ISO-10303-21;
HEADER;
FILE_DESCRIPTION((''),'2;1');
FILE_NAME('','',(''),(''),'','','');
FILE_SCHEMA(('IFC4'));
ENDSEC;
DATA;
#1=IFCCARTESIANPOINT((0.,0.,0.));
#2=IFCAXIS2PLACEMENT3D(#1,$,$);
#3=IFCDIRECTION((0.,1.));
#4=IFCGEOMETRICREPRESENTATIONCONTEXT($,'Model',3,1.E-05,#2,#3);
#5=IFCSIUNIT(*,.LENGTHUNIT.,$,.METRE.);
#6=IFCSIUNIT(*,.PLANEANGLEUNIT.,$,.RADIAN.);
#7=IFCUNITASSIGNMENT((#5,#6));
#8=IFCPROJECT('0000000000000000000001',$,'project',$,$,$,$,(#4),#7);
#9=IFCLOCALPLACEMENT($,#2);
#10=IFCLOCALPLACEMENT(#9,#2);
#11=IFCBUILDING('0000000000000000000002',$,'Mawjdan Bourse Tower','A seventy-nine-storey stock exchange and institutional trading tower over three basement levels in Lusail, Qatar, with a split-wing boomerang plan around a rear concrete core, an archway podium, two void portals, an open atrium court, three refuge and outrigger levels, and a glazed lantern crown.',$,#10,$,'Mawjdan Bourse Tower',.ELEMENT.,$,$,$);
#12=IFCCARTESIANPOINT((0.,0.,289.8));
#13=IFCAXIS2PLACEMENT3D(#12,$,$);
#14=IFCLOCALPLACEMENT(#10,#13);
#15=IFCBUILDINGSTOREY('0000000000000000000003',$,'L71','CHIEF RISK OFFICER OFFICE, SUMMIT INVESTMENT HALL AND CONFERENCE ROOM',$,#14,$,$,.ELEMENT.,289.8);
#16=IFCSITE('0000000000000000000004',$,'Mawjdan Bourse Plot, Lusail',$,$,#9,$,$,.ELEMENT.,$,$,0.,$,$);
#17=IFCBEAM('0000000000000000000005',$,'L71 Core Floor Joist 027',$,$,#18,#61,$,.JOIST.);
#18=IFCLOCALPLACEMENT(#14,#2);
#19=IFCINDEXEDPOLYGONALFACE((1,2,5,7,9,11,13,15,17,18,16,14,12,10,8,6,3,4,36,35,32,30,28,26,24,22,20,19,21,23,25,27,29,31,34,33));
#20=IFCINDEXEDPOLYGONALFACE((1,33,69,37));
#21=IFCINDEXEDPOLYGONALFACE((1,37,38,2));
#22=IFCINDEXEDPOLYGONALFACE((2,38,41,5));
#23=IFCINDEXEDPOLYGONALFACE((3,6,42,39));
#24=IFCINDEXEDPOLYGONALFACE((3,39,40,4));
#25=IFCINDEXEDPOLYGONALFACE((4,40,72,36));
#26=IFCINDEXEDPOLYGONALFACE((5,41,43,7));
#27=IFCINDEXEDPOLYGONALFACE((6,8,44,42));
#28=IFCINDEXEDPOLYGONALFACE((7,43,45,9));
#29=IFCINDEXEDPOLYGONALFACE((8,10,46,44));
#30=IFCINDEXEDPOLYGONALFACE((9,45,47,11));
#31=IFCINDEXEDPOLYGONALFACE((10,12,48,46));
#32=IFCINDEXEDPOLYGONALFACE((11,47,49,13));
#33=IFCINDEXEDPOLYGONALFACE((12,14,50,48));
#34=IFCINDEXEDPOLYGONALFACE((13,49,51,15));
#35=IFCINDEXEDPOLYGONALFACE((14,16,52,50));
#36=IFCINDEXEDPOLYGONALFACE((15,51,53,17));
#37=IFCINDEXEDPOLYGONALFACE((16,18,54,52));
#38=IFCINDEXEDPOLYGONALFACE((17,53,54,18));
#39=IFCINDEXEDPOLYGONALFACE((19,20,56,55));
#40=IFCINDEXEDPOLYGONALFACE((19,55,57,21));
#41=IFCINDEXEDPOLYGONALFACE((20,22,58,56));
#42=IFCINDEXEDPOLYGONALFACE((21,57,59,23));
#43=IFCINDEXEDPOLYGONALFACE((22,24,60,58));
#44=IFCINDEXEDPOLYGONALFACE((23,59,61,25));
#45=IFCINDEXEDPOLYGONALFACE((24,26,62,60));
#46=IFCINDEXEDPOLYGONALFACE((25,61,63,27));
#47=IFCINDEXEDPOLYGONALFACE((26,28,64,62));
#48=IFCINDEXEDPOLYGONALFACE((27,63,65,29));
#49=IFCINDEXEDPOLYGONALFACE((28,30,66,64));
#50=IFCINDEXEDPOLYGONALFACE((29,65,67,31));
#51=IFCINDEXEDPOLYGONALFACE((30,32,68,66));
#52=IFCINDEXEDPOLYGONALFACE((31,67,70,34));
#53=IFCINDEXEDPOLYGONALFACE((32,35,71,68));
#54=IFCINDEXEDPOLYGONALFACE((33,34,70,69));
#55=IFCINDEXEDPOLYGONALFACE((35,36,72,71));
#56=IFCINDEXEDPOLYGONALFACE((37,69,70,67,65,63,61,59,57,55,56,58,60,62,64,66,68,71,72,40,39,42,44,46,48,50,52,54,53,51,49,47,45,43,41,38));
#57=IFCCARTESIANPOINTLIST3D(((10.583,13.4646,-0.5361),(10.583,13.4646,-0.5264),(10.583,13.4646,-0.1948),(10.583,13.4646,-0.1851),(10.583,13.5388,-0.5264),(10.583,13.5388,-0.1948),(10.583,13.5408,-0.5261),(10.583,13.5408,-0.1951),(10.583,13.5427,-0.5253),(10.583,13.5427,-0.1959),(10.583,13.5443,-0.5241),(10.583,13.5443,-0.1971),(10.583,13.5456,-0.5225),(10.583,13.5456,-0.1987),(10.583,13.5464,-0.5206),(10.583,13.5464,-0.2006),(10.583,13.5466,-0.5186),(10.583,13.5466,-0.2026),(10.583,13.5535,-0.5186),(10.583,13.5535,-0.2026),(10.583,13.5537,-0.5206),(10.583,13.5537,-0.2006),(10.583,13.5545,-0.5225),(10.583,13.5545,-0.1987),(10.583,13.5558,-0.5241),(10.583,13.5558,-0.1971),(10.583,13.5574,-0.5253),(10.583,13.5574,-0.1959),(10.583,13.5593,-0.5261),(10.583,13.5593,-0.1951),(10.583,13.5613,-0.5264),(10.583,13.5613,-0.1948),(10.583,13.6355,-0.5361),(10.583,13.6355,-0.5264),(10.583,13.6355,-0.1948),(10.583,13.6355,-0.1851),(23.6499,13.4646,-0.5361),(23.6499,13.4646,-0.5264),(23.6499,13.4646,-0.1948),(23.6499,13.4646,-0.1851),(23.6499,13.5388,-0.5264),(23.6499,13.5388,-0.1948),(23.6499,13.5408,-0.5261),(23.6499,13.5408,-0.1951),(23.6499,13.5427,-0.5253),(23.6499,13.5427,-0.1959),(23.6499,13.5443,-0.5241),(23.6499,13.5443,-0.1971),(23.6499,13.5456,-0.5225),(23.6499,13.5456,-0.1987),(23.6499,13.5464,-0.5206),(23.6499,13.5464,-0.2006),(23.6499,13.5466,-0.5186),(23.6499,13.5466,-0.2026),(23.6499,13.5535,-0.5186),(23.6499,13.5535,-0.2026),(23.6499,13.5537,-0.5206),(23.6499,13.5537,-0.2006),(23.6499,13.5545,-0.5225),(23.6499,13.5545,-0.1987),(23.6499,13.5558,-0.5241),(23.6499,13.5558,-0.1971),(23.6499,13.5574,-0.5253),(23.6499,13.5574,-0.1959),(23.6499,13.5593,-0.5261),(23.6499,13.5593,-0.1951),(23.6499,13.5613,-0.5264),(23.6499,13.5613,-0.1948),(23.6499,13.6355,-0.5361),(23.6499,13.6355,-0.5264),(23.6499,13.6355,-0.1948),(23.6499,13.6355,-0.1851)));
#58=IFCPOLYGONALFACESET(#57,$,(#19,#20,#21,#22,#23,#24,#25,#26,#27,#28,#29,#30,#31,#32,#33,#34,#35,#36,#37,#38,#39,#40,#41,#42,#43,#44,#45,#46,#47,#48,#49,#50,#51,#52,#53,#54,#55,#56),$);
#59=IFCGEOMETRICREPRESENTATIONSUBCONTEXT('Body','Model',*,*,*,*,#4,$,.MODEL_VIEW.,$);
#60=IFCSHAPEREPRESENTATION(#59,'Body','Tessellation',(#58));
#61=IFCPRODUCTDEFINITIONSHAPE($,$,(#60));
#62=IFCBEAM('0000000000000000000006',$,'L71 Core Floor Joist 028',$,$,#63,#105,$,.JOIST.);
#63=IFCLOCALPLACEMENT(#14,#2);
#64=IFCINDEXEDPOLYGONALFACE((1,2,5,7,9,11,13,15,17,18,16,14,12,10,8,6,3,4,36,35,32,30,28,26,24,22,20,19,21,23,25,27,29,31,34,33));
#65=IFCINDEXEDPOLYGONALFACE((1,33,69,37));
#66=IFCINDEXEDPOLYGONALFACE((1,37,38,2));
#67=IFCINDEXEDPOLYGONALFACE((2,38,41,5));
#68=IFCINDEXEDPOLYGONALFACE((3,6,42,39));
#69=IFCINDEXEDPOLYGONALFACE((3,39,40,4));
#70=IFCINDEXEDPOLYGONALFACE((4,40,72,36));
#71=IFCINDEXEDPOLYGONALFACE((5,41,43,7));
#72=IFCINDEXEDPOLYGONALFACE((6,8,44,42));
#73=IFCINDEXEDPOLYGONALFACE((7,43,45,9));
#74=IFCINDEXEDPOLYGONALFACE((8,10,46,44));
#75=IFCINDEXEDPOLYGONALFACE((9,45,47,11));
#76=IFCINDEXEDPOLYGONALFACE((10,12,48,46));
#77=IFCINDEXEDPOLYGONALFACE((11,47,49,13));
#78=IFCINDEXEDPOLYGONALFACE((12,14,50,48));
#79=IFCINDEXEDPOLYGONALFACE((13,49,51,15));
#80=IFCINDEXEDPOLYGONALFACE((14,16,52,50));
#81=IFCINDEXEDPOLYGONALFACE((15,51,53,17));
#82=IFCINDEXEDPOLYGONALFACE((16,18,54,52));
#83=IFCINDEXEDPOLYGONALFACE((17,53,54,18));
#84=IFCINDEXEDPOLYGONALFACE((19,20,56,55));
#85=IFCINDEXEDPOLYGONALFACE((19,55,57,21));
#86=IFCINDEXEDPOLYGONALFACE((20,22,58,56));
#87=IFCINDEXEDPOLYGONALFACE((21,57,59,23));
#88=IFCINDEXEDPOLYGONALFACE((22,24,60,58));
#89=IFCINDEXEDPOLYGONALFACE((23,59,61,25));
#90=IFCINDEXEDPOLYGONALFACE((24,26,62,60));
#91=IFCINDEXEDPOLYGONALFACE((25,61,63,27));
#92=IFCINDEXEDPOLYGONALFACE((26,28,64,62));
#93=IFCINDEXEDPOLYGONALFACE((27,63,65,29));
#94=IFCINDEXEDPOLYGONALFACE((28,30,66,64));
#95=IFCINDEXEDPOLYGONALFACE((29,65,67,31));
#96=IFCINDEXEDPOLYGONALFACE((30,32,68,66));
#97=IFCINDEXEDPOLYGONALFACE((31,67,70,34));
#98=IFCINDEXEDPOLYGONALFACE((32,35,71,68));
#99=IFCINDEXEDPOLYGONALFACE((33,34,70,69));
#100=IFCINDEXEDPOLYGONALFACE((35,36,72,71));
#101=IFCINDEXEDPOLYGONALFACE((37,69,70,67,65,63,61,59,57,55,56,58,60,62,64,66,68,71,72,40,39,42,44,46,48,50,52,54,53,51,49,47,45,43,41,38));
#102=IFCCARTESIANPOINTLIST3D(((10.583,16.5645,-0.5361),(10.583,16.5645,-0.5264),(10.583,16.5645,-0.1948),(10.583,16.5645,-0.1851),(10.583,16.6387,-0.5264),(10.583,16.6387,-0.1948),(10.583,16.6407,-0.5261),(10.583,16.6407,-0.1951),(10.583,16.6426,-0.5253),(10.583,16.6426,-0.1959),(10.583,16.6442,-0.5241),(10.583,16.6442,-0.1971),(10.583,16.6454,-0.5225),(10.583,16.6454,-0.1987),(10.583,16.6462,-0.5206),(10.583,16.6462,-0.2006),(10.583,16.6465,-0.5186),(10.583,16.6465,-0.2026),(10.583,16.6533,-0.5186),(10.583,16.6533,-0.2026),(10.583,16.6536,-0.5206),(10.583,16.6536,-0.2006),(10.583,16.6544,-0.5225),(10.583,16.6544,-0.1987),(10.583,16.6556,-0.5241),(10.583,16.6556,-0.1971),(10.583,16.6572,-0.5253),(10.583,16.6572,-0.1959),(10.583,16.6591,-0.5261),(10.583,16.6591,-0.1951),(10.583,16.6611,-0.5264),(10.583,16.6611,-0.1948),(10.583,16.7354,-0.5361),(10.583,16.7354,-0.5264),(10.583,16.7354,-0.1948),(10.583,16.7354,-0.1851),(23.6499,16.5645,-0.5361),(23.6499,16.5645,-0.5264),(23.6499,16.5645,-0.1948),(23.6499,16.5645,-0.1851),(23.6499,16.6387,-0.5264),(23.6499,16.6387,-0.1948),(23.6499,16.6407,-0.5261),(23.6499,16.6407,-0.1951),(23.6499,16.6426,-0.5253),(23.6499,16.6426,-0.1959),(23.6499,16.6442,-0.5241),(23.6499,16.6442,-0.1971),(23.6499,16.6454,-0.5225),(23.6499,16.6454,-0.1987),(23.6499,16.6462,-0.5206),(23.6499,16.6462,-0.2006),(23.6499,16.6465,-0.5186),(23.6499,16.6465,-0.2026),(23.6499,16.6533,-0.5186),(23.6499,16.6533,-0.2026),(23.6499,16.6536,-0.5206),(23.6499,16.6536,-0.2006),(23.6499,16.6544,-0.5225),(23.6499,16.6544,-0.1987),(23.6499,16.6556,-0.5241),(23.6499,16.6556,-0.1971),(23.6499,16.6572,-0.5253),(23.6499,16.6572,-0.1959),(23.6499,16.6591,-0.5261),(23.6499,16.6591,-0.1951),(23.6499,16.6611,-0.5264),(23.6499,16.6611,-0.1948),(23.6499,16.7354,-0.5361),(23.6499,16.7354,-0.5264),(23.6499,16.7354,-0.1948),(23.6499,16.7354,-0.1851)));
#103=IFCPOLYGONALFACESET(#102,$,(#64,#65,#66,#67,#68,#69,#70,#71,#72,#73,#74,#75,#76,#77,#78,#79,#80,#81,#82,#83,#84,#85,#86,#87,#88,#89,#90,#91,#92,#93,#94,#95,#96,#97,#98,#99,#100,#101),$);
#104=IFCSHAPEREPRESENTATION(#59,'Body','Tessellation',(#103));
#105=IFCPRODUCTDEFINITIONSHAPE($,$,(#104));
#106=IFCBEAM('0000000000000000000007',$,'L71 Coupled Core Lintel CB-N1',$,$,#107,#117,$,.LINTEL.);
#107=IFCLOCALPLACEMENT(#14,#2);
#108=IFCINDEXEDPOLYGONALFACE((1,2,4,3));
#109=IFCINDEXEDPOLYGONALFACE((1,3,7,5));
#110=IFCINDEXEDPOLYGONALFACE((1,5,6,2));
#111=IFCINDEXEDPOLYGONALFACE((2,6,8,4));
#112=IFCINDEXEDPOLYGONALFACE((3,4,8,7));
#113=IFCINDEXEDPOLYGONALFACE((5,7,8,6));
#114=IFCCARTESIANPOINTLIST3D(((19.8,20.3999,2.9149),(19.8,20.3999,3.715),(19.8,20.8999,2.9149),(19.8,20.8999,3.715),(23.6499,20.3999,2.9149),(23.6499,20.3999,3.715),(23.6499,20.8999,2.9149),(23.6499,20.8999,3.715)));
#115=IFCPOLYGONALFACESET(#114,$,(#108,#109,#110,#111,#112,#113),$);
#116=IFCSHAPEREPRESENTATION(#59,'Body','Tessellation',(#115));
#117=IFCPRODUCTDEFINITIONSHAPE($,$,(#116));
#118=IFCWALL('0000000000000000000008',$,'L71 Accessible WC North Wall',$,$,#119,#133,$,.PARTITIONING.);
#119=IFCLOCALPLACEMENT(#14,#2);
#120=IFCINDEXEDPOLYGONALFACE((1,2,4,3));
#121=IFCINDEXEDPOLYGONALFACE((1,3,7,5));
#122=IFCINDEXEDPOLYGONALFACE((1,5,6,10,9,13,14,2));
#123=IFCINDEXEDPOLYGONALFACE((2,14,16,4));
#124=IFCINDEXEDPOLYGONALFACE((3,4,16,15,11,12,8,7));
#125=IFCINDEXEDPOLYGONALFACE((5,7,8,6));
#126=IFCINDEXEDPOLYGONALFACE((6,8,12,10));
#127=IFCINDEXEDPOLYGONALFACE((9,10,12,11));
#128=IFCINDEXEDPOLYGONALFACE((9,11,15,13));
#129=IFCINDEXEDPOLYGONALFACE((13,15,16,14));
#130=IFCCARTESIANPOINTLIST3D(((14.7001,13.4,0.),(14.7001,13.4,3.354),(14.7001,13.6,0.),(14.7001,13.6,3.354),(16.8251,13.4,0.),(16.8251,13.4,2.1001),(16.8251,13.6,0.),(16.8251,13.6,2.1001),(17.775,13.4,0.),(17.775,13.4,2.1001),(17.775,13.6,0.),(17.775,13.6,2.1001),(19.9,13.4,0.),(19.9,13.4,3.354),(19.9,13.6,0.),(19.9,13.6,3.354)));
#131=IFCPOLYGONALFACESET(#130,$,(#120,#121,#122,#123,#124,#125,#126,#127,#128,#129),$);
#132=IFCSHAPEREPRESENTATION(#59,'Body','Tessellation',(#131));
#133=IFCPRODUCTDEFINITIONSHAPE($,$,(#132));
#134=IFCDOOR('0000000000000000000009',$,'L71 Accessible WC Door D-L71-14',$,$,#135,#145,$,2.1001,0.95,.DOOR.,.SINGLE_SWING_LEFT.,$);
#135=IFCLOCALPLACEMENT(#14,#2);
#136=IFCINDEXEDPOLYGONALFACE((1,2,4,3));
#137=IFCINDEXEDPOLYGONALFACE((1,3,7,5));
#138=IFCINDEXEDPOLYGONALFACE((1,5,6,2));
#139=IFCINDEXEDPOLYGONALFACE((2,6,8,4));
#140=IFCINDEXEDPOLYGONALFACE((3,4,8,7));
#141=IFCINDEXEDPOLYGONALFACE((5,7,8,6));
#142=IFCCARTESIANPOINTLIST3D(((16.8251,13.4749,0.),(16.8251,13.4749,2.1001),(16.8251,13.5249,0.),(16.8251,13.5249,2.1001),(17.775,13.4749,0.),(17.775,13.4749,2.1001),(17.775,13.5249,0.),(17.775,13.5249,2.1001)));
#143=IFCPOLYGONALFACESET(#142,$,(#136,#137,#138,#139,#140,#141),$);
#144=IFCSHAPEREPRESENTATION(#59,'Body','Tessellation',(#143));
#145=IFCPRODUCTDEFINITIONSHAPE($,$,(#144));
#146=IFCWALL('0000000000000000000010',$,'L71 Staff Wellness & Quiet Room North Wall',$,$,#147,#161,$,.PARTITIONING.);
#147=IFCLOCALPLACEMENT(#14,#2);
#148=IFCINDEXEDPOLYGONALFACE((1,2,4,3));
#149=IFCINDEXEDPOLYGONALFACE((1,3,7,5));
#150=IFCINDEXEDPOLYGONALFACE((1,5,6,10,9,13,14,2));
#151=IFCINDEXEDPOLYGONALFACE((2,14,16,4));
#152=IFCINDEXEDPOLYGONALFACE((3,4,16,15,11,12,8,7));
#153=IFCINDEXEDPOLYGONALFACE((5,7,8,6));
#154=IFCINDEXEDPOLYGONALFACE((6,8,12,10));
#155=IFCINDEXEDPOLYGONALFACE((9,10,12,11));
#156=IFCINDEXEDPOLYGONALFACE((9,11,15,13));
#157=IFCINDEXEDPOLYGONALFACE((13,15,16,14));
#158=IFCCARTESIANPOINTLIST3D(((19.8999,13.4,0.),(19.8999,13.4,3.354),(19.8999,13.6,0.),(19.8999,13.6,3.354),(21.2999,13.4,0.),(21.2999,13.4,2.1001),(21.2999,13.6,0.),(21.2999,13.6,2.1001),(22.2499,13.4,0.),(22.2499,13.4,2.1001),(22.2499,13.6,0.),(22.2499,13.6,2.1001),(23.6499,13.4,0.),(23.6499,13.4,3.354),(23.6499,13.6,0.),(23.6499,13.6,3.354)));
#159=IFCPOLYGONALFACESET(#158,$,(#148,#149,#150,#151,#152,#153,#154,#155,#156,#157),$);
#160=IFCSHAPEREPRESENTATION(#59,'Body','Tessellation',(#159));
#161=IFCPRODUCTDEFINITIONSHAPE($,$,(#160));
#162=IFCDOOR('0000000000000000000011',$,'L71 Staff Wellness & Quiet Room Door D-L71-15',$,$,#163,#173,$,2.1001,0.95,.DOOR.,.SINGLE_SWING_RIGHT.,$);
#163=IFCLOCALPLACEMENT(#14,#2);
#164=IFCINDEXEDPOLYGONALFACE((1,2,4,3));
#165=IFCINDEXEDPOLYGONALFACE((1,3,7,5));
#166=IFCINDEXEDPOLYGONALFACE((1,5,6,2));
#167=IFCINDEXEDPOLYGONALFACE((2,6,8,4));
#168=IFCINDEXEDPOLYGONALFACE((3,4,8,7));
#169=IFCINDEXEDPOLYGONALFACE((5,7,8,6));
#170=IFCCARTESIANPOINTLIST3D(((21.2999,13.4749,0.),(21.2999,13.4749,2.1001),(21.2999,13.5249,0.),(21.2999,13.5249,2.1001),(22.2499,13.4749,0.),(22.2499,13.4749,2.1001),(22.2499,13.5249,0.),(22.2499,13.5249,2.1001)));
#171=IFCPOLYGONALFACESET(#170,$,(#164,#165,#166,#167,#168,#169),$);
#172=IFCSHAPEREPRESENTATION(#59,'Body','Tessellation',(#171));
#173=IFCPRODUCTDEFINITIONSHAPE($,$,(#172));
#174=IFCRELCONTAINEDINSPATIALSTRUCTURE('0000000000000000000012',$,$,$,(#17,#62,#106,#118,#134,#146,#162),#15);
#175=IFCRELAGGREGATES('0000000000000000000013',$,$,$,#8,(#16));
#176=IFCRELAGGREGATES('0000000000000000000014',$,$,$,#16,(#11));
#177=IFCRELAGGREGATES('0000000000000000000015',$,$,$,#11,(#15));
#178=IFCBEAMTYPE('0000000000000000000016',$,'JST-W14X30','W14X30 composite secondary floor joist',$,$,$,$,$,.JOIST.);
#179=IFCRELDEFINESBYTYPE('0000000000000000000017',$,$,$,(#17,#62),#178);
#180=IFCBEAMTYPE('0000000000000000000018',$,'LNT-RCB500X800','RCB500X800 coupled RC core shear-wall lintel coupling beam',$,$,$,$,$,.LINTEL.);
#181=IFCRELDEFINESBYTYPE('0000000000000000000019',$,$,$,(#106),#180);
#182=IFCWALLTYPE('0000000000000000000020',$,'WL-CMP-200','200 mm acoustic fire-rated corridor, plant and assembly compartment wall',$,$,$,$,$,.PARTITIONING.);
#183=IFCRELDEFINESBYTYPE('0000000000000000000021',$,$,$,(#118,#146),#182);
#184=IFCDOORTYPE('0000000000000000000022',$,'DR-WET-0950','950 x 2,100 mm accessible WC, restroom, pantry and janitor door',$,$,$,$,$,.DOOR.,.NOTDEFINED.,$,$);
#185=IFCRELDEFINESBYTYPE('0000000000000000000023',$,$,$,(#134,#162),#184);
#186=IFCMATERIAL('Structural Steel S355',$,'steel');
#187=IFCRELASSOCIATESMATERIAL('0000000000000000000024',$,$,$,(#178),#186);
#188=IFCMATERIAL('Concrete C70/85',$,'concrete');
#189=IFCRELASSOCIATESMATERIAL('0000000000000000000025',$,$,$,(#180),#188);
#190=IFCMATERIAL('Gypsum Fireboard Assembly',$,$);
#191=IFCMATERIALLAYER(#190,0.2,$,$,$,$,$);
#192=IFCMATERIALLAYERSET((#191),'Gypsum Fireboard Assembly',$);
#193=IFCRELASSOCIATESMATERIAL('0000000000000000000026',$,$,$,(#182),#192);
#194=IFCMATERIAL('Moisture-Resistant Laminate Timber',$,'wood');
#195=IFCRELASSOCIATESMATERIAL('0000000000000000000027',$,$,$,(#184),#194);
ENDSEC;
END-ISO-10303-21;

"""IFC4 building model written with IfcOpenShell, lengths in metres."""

from ifc_helpers import new_model, si_unit, direction, frame, frame_2d, origin, origin_2d, place, context, subcontext, project, spatial, rectangle, i_section, extrude, material, layer, layer_set, material_profile, profile_set, type_object, element, fill, save


model = new_model("IFC4")

# Units and contexts
model_context = context("Model", 3, precision=1e-05, world=origin(), true_north=direction((0.0, 1.0)))
body_context = subcontext(model_context, "Body", "Model", "MODEL_VIEW")
ifc_project = project(units=[si_unit("LENGTHUNIT", "METRE"), si_unit("PLANEANGLEUNIT", "RADIAN")], contexts=[model_context])

# Site, building, storey
site_placement = place(None, origin())
site = spatial("IfcSite", under=ifc_project, at=site_placement, Name="Mawjdan Bourse Plot, Lusail", CompositionType="ELEMENT", RefElevation=0.0)
building_placement = place(site_placement, origin())
building = spatial("IfcBuilding", under=site, at=building_placement, Name="Mawjdan Bourse Tower", Description="A seventy-nine-storey stock exchange and institutional trading tower over three basement levels in Lusail, Qatar, with a split-wing boomerang plan around a rear concrete core, an archway podium, two void portals, an open atrium court, three refuge and outrigger levels, and a glazed lantern crown.", LongName="Mawjdan Bourse Tower", CompositionType="ELEMENT")
storey_placement = place(building_placement, frame((0.0, 0.0, 289.8)))
storey = spatial("IfcBuildingStorey", under=building, at=storey_placement, Name="L71", Description="CHIEF RISK OFFICER OFFICE, SUMMIT INVESTMENT HALL AND CONFERENCE ROOM", CompositionType="ELEMENT", Elevation=289.8)

# Beams
ifc_material_1 = material(Name="Structural Steel S355", Category="steel")
ifc_material_profile_1 = material_profile(ifc_material_1, i_section(OverallWidth=0.1709, OverallDepth=0.3511, WebThickness=0.0068, FlangeThickness=0.0098, FilletRadius=0.0078, at=origin_2d()), Name="W14X30")
ifc_profile_set_1 = profile_set([ifc_material_profile_1], Name="Structural Steel S355")
beam_type_1 = type_object("IfcBeamType", Name="JST-W14X30", Description="W14X30 composite secondary floor joist", PredefinedType="JOIST", material=ifc_profile_set_1)
for number, where, z_axis, x_axis, name in (
    (1, (10.583, 13.55, -0.3606), (1.0, 0.0, 0.0), (0.0, 1.0, 0.0), "L71 Core Floor Joist 027"),
    (2, (10.583, 16.6499, -0.3606), (1.0, 0.0, 0.0), (0.0, 1.0, 0.0), "L71 Core Floor Joist 028"),
):
    element("IfcBeam", number, at=place(storey_placement, frame(where, z_axis=z_axis, x_axis=x_axis)), inside=storey, type_object=beam_type_1, Name=name, PredefinedType="JOIST", context=body_context, shape_type="SweptSolid", body=[
        extrude(i_section(OverallWidth=0.1709, OverallDepth=0.3511, WebThickness=0.0068, FlangeThickness=0.0098, FilletRadius=0.0078, at=origin_2d()), origin(), (0.0, 0.0, 1.0), 13.0669),
    ])
ifc_material_2 = material(Name="Concrete C70/85", Category="concrete")
ifc_material_profile_2 = material_profile(ifc_material_2, rectangle(XDim=0.5, YDim=0.8, at=origin_2d()), Name="RCB500X800")
ifc_profile_set_2 = profile_set([ifc_material_profile_2], Name="Concrete C70/85")
beam_type_2 = type_object("IfcBeamType", Name="LNT-RCB500X800", Description="RCB500X800 coupled RC core shear-wall lintel coupling beam", PredefinedType="LINTEL", material=ifc_profile_set_2)
beam_placement = place(storey_placement, frame((19.8, 20.6499, 3.3149), z_axis=(1.0, 0.0, 0.0), x_axis=(0.0, 1.0, 0.0)))
element("IfcBeam", 3, at=beam_placement, inside=storey, type_object=beam_type_2, Name="L71 Coupled Core Lintel CB-N1", PredefinedType="LINTEL", context=body_context, shape_type="SweptSolid", body=[
    extrude(rectangle(XDim=0.5, YDim=0.8, at=origin_2d()), origin(), (0.0, 0.0, 1.0), 3.8499),
])

# Walls, openings, doors
ifc_material_3 = material(Name="Gypsum Fireboard Assembly")
ifc_layer_1 = layer(ifc_material_3, 0.2)
ifc_layer_set_1 = layer_set([ifc_layer_1], Name="Gypsum Fireboard Assembly")
wall_type_1 = type_object("IfcWallType", Name="WL-CMP-200", Description="200 mm acoustic fire-rated corridor, plant and assembly compartment wall", PredefinedType="PARTITIONING", material=ifc_layer_set_1)
wall_1_placement = place(storey_placement, frame((14.7, 13.5, 0.0), z_axis=(0.0, 0.0, 1.0), x_axis=(1.0, 0.0, 0.0)))
wall_1 = element("IfcWall", 4, at=wall_1_placement, inside=storey, type_object=wall_type_1, Name="L71 Accessible WC North Wall", PredefinedType="PARTITIONING", context=body_context, shape_type="SweptSolid", body=[
    extrude(rectangle(XDim=5.2, YDim=0.2, at=frame_2d((2.6001, 0.0))), origin(), (0.0, 0.0, 1.0), 3.354),
])
opening_1_placement = place(wall_1_placement, frame((2.125, 0.0, 0.0)))
opening_1 = element("IfcOpeningElement", 5, at=opening_1_placement, cuts=wall_1, PredefinedType="OPENING", context=body_context, shape_type="SweptSolid", body=[
    extrude(rectangle(XDim=0.95, YDim=2.1001, at=frame_2d((0.4751, 1.05))), frame((0.0, 0.1099, 0.0), z_axis=(0.0, -1.0, 0.0), x_axis=(1.0, 0.0, 0.0)), (0.0, 0.0, 1.0), 0.22),
])
ifc_material_4 = material(Name="Moisture-Resistant Laminate Timber", Category="wood")
door_type_1 = type_object("IfcDoorType", Name="DR-WET-0950", Description="950 x 2,100 mm accessible WC, restroom, pantry and janitor door", OperationType="NOTDEFINED", PredefinedType="DOOR", material=ifc_material_4)
door_1_placement = place(opening_1_placement, origin())
door_1 = element("IfcDoor", 6, at=door_1_placement, inside=storey, type_object=door_type_1, Name="L71 Accessible WC Door D-L71-14", OperationType="SINGLE_SWING_LEFT", OverallHeight=2.1001, OverallWidth=0.95, PredefinedType="DOOR", context=body_context, shape_type="SweptSolid", body=[
    extrude(rectangle(XDim=0.95, YDim=2.1001, at=frame_2d((0.4751, 1.05))), frame((0.0, 0.0249, 0.0), z_axis=(0.0, -1.0, 0.0), x_axis=(1.0, 0.0, 0.0)), (0.0, 0.0, 1.0), 0.05),
])
fill(opening_1, door_1)
wall_2_placement = place(storey_placement, frame((19.8999, 13.5, 0.0), z_axis=(0.0, 0.0, 1.0), x_axis=(1.0, 0.0, 0.0)))
wall_2 = element("IfcWall", 7, at=wall_2_placement, inside=storey, type_object=wall_type_1, Name="L71 Staff Wellness & Quiet Room North Wall", PredefinedType="PARTITIONING", context=body_context, shape_type="SweptSolid", body=[
    extrude(rectangle(XDim=3.75, YDim=0.2, at=frame_2d((1.875, 0.0))), origin(), (0.0, 0.0, 1.0), 3.354),
])
opening_2_placement = place(wall_2_placement, frame((1.3999, 0.0, 0.0)))
opening_2 = element("IfcOpeningElement", 8, at=opening_2_placement, cuts=wall_2, PredefinedType="OPENING", context=body_context, shape_type="SweptSolid", body=[
    extrude(rectangle(XDim=0.95, YDim=2.1001, at=frame_2d((0.4751, 1.05))), frame((0.0, 0.1099, 0.0), z_axis=(0.0, -1.0, 0.0), x_axis=(1.0, 0.0, 0.0)), (0.0, 0.0, 1.0), 0.22),
])
door_2_placement = place(opening_2_placement, origin())
door_2 = element("IfcDoor", 9, at=door_2_placement, inside=storey, type_object=door_type_1, Name="L71 Staff Wellness & Quiet Room Door D-L71-15", OperationType="SINGLE_SWING_RIGHT", OverallHeight=2.1001, OverallWidth=0.95, PredefinedType="DOOR", context=body_context, shape_type="SweptSolid", body=[
    extrude(rectangle(XDim=0.95, YDim=2.1001, at=frame_2d((0.4751, 1.05))), frame((0.0, 0.0249, 0.0), z_axis=(0.0, -1.0, 0.0), x_axis=(1.0, 0.0, 0.0)), (0.0, 0.0, 1.0), 0.05),
])
fill(opening_2, door_2)

save(model, "model.ifc")
